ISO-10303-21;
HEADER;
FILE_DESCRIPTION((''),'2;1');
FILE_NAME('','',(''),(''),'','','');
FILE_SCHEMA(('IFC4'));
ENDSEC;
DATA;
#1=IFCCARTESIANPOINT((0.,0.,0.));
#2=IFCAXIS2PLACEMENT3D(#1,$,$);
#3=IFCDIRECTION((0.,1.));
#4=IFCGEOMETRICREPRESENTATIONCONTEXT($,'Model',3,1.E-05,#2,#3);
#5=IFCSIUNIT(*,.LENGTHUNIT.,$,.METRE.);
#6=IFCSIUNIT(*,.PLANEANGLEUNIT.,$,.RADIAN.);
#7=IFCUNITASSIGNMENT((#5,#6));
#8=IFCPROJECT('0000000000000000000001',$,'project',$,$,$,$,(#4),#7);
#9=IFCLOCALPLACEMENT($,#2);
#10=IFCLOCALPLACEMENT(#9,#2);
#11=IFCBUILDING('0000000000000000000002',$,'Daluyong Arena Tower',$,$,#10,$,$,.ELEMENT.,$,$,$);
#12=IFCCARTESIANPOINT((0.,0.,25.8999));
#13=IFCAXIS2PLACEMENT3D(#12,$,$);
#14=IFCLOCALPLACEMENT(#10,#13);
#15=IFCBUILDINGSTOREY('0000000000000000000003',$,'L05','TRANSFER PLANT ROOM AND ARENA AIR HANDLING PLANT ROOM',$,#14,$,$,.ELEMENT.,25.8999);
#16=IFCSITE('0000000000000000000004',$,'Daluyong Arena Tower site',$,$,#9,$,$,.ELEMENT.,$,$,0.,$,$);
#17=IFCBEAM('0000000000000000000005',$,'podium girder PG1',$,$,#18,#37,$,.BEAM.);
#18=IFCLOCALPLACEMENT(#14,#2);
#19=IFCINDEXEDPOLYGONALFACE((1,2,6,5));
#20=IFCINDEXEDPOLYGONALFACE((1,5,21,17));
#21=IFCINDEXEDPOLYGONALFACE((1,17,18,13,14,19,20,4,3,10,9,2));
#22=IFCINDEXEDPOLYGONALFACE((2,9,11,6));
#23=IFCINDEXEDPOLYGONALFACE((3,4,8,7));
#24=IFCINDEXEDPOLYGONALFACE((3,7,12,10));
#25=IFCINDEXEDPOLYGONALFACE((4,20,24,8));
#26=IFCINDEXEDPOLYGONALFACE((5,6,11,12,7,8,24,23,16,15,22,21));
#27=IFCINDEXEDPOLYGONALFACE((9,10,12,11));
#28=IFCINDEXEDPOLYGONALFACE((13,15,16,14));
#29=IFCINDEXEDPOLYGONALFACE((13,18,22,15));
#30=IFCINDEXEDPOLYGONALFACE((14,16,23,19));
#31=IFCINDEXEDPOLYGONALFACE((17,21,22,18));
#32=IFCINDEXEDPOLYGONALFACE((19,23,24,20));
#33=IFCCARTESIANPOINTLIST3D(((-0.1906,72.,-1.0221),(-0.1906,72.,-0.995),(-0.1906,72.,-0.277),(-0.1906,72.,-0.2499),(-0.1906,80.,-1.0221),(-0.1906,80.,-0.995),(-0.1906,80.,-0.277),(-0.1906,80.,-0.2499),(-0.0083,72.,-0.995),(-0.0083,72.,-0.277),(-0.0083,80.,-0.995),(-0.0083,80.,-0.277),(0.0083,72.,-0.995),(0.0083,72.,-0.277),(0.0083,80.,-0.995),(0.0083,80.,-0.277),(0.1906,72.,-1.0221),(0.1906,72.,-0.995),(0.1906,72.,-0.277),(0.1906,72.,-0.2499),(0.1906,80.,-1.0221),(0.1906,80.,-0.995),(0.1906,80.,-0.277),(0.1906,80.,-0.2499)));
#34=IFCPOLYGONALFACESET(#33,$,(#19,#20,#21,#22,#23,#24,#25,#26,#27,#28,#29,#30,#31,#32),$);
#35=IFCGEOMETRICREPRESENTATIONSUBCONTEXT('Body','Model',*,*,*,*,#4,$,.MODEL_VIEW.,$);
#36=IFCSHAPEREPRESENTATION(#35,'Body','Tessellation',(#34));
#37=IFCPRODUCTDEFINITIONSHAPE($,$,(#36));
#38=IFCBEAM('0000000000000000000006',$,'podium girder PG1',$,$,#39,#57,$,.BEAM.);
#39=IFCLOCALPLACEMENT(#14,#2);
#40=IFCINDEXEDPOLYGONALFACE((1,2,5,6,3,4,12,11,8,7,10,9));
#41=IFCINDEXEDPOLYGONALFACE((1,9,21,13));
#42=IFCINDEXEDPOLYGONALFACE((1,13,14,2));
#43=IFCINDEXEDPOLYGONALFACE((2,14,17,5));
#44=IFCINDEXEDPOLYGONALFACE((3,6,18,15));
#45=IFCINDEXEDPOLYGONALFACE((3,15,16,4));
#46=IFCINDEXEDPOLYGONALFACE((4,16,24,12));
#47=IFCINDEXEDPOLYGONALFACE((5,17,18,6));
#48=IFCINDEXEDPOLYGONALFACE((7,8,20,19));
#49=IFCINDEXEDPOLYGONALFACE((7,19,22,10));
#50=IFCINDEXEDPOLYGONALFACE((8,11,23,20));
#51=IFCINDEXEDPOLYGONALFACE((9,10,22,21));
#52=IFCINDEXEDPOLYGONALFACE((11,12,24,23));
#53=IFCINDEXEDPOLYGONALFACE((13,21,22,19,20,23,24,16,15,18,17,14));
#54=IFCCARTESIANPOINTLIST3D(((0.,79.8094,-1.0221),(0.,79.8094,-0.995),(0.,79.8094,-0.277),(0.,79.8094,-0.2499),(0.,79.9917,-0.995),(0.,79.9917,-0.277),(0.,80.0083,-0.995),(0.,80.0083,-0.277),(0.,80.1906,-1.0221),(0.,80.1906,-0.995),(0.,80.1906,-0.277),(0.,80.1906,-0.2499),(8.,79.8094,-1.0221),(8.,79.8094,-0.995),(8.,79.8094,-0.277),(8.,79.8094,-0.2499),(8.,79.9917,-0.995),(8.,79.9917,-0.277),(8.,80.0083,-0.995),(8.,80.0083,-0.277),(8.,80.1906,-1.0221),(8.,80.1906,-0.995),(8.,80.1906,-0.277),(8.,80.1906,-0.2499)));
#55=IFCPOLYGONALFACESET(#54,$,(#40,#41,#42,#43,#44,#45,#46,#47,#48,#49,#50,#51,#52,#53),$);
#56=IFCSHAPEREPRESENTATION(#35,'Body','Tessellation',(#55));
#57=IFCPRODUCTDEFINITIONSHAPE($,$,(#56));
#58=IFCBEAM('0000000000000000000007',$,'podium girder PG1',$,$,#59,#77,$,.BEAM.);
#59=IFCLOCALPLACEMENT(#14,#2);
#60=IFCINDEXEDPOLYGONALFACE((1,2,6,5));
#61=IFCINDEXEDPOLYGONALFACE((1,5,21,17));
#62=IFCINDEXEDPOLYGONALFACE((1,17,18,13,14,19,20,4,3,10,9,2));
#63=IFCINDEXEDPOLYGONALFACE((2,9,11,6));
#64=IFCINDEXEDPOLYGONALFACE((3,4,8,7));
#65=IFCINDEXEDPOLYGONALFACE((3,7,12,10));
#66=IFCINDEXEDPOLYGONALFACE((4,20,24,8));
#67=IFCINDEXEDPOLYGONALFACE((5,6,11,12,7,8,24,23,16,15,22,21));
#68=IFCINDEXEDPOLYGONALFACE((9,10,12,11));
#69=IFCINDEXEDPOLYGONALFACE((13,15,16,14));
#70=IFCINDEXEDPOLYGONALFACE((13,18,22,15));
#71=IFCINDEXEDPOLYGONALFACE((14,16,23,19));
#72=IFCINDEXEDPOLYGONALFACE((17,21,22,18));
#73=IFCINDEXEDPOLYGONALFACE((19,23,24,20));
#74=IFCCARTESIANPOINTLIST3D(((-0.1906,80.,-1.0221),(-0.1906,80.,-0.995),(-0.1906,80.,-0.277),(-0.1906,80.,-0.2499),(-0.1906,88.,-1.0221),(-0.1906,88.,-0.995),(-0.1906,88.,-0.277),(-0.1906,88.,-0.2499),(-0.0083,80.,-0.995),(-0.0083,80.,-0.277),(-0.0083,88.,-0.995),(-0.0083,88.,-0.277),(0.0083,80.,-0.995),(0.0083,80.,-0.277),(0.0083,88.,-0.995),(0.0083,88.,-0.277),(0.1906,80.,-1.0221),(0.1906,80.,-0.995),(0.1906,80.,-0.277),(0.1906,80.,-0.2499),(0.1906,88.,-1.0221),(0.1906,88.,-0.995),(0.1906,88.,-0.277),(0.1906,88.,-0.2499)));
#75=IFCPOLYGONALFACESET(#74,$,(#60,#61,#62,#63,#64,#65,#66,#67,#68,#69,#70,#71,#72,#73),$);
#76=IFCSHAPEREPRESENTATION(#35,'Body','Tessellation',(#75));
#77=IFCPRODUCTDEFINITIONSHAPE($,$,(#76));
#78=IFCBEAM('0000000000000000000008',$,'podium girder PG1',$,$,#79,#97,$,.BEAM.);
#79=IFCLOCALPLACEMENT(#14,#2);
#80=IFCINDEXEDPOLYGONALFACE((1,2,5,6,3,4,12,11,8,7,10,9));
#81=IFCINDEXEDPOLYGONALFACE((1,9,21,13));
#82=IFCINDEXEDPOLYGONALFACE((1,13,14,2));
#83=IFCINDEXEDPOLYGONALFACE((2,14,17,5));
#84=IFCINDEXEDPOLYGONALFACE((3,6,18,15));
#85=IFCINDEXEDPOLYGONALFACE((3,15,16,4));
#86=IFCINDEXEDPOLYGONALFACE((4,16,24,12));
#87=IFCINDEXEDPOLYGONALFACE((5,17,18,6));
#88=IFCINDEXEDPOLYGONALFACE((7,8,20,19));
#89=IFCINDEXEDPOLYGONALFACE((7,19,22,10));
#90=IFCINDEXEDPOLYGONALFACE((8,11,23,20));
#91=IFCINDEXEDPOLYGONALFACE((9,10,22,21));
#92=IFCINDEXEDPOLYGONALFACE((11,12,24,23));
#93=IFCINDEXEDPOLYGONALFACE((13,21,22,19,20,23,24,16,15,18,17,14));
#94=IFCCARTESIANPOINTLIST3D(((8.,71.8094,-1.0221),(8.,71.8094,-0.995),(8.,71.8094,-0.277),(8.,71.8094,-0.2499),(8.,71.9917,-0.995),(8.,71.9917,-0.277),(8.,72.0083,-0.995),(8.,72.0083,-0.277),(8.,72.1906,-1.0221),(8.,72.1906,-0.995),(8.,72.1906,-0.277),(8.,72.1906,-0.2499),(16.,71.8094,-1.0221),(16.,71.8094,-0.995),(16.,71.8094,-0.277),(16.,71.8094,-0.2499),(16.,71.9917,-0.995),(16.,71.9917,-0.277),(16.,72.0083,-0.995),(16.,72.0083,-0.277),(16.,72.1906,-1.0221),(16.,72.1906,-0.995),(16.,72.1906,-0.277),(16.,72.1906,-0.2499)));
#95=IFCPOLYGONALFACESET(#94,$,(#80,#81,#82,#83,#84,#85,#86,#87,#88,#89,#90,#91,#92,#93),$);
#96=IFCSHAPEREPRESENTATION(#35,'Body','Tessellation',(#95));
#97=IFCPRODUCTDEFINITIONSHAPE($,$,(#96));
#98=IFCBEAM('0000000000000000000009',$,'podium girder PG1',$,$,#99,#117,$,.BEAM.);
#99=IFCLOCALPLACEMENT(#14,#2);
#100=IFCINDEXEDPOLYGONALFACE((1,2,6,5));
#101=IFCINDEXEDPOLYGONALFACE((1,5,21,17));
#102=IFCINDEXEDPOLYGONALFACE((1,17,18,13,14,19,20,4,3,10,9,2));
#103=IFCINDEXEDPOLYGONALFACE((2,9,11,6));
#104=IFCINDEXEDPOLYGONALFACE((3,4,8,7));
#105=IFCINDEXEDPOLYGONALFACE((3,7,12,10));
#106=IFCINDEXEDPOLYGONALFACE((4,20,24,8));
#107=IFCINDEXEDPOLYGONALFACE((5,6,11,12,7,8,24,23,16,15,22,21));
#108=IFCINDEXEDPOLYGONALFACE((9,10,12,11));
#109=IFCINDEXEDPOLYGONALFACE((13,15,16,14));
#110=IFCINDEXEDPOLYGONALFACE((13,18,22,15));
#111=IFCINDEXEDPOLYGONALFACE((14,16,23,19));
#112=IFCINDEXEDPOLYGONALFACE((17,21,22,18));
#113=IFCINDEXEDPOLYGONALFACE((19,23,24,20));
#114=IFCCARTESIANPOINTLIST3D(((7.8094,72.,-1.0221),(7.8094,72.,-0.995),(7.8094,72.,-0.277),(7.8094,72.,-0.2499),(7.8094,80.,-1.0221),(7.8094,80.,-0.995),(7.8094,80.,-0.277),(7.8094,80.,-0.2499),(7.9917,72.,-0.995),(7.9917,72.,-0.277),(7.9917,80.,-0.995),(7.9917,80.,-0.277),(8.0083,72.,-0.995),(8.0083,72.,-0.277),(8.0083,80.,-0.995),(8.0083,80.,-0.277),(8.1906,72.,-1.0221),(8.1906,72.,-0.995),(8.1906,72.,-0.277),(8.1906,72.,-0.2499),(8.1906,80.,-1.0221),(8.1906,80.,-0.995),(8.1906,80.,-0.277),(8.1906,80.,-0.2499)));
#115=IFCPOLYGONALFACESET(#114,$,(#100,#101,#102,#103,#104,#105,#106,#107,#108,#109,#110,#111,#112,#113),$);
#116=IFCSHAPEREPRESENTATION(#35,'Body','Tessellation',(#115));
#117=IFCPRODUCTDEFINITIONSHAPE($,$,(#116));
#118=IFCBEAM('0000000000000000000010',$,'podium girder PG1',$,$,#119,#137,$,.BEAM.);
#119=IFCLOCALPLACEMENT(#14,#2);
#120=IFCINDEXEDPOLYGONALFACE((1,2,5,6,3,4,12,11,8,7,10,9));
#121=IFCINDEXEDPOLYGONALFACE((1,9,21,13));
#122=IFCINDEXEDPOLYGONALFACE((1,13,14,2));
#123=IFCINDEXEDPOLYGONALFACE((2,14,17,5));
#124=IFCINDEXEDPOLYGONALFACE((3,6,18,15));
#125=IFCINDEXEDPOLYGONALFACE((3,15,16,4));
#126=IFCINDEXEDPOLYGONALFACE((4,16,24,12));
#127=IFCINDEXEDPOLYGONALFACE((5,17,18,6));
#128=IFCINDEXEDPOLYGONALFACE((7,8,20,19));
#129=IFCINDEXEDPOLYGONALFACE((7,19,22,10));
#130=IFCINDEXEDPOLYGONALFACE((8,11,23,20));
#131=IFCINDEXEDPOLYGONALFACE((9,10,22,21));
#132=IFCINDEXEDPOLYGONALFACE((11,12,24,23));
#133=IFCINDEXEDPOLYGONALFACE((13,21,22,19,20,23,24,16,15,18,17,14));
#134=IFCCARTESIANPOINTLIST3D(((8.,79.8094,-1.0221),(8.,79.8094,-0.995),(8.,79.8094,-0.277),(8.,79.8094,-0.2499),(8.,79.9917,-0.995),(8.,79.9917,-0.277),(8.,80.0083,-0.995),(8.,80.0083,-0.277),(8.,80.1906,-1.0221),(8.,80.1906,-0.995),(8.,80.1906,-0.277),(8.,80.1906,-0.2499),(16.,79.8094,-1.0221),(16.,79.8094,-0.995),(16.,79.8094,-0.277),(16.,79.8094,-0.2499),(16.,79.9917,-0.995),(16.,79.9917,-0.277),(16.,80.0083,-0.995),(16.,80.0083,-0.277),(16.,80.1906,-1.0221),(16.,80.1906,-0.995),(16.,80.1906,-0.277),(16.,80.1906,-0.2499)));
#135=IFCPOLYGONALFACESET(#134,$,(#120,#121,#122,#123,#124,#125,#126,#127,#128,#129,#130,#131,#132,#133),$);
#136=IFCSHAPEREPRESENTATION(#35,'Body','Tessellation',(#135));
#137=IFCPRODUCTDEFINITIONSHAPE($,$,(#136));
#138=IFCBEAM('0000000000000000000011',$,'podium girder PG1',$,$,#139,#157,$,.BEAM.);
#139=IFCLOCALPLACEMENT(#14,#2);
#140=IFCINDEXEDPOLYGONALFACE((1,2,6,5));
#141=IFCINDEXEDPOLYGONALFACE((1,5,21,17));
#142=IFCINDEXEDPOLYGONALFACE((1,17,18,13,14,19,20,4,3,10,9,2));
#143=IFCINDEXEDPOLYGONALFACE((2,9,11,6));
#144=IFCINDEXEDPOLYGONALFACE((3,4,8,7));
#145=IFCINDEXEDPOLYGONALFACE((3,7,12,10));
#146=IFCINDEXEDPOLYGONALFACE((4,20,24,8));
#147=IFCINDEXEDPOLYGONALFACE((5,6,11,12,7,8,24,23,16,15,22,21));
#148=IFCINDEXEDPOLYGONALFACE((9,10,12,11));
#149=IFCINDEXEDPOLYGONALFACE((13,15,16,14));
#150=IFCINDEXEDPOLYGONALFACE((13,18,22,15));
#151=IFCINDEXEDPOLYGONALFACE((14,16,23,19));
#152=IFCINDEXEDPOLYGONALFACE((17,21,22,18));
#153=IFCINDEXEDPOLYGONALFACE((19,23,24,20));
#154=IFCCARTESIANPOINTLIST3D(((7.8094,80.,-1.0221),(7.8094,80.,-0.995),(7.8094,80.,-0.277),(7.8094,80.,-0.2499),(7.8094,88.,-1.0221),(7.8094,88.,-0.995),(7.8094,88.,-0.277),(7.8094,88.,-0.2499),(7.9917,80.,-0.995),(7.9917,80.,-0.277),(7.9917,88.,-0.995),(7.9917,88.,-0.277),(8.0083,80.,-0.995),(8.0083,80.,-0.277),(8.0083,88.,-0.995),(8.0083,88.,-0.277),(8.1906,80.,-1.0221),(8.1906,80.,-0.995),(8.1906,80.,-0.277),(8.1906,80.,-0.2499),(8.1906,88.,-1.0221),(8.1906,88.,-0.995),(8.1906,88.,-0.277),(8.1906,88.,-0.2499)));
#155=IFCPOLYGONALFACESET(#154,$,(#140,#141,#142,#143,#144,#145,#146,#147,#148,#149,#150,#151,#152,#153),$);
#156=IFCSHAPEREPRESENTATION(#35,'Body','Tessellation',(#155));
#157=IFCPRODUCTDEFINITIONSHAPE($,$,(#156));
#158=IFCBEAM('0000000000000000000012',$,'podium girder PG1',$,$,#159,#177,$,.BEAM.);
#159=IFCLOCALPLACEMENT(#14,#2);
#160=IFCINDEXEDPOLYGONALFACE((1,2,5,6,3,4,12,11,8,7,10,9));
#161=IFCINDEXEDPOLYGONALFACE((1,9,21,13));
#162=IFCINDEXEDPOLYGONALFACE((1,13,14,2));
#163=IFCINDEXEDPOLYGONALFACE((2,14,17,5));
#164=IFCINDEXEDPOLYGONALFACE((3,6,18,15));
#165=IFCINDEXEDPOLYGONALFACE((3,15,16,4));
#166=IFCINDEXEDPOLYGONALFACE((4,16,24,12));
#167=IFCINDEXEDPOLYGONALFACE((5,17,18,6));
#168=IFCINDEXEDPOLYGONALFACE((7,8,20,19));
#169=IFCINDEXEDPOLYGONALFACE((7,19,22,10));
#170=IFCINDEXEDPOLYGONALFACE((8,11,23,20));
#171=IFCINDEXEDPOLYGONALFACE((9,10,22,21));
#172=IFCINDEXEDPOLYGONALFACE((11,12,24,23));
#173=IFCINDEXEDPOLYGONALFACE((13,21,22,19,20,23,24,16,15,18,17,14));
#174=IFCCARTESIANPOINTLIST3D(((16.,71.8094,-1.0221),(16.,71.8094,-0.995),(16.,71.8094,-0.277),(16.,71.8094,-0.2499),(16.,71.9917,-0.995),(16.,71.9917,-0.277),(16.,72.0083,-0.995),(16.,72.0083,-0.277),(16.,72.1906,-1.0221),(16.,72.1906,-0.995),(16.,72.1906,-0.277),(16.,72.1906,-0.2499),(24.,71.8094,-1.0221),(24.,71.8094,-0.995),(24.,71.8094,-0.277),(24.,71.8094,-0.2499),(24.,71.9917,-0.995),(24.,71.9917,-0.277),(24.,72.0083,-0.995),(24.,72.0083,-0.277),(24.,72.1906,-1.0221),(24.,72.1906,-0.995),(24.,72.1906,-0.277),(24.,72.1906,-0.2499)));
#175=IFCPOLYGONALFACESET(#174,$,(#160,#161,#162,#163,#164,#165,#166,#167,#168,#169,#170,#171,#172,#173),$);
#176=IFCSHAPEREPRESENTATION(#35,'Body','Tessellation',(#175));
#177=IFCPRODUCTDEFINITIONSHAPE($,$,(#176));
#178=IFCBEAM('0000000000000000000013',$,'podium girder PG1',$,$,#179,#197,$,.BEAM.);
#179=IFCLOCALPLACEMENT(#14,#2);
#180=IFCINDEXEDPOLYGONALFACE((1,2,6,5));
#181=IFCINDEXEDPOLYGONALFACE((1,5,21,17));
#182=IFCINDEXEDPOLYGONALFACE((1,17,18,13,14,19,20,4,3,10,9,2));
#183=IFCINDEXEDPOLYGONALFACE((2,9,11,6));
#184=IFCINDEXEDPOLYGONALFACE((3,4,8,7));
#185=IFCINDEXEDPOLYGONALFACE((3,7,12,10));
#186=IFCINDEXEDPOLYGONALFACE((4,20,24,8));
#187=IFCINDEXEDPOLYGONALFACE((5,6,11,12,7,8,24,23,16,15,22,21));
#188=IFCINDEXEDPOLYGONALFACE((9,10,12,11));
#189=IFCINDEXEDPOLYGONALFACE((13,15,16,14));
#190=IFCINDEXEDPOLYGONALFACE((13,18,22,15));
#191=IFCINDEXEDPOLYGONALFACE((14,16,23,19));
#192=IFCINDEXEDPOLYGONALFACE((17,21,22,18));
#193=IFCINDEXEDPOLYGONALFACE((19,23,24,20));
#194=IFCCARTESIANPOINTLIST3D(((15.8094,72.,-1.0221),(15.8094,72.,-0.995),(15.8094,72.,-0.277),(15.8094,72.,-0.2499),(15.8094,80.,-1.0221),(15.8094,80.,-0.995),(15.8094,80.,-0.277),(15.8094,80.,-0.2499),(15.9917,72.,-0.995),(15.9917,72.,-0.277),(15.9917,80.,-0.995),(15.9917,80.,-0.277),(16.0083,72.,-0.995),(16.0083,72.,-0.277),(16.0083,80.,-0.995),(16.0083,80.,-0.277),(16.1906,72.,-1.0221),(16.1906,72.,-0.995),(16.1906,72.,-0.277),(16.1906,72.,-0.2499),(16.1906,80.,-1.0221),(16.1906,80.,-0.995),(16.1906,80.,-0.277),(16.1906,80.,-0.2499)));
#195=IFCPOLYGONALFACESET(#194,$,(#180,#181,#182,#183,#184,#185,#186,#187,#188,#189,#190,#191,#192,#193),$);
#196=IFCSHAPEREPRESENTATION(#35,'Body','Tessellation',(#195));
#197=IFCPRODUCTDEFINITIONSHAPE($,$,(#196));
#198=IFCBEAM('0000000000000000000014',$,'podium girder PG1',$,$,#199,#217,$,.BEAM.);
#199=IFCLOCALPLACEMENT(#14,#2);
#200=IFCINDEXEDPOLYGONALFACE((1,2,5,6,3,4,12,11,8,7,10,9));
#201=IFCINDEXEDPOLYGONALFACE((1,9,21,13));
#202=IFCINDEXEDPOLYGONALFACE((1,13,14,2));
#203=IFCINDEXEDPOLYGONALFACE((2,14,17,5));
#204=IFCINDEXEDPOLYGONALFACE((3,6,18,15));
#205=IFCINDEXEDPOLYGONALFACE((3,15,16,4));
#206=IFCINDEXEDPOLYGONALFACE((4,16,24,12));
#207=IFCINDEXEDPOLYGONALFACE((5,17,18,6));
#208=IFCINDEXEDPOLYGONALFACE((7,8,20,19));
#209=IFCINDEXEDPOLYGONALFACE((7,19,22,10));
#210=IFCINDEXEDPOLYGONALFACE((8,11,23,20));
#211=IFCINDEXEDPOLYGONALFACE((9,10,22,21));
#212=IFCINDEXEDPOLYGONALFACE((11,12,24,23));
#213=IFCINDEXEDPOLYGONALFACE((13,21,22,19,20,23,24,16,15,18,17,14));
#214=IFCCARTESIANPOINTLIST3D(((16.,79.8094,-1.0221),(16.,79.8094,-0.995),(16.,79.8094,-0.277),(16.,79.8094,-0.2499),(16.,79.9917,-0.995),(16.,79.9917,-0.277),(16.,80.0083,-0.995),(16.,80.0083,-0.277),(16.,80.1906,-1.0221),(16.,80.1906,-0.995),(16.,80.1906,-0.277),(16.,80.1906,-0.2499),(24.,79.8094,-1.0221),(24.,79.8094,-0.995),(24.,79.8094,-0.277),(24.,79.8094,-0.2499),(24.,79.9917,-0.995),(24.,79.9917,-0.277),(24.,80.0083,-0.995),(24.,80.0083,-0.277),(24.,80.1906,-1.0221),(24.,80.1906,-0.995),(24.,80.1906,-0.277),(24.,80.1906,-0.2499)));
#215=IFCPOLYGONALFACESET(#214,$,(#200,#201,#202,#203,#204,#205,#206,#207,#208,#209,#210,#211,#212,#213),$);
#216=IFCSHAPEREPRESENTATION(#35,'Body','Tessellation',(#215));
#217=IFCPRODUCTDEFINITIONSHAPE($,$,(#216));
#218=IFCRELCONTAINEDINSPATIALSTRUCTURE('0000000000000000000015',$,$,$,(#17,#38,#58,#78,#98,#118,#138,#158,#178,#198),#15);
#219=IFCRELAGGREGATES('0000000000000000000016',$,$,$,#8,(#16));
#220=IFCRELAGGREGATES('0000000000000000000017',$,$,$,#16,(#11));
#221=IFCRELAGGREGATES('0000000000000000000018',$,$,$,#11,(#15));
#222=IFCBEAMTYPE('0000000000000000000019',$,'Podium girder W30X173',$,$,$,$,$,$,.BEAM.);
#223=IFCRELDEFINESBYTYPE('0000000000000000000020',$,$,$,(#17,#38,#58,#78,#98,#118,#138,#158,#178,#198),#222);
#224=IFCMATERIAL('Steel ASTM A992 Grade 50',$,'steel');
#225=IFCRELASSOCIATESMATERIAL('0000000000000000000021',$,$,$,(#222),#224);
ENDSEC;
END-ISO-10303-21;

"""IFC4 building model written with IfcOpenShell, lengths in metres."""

from ifc_helpers import new_model, si_unit, direction, frame, origin, origin_2d, place, context, subcontext, project, spatial, i_section, extrude, material, material_profile, profile_set, type_object, element, save


model = new_model("IFC4")

# Units and contexts
model_context = context("Model", 3, precision=1e-05, world=origin(), true_north=direction((0.0, 1.0)))
body_context = subcontext(model_context, "Body", "Model", "MODEL_VIEW")
ifc_project = project(units=[si_unit("LENGTHUNIT", "METRE"), si_unit("PLANEANGLEUNIT", "RADIAN")], contexts=[model_context])

# Site, building, storey
site_placement = place(None, origin())
site = spatial("IfcSite", under=ifc_project, at=site_placement, Name="Daluyong Arena Tower site", CompositionType="ELEMENT", RefElevation=0.0)
building_placement = place(site_placement, origin())
building = spatial("IfcBuilding", under=site, at=building_placement, Name="Daluyong Arena Tower", CompositionType="ELEMENT")
storey_placement = place(building_placement, frame((0.0, 0.0, 25.8999)))
storey = spatial("IfcBuildingStorey", under=building, at=storey_placement, Name="L05", Description="TRANSFER PLANT ROOM AND ARENA AIR HANDLING PLANT ROOM", CompositionType="ELEMENT", Elevation=25.8999)

# Beams
ifc_material_1 = material(Name="Steel ASTM A992 Grade 50", Category="steel")
ifc_material_profile_1 = material_profile(ifc_material_1, i_section(OverallWidth=0.3811, OverallDepth=0.7722, WebThickness=0.0166, FlangeThickness=0.0271, at=origin_2d()))
ifc_profile_set_1 = profile_set([ifc_material_profile_1], Name="Steel ASTM A992 Grade 50")
beam_type_1 = type_object("IfcBeamType", Name="Podium girder W30X173", PredefinedType="BEAM", material=ifc_profile_set_1)
for number, where, z_axis, x_axis, name in (
    (1, (0.0, 72.0, -0.636), (0.0, 1.0, 0.0), (-1.0, 0.0, 0.0), "podium girder PG1"),
    (2, (0.0, 80.0, -0.636), (1.0, 0.0, 0.0), (0.0, 1.0, 0.0), "podium girder PG1"),
    (3, (0.0, 80.0, -0.636), (0.0, 1.0, 0.0), (-1.0, 0.0, 0.0), "podium girder PG1"),
    (4, (8.0, 72.0, -0.636), (1.0, 0.0, 0.0), (0.0, 1.0, 0.0), "podium girder PG1"),
    (5, (8.0, 72.0, -0.636), (0.0, 1.0, 0.0), (-1.0, 0.0, 0.0), "podium girder PG1"),
    (6, (8.0, 80.0, -0.636), (1.0, 0.0, 0.0), (0.0, 1.0, 0.0), "podium girder PG1"),
    (7, (8.0, 80.0, -0.636), (0.0, 1.0, 0.0), (-1.0, 0.0, 0.0), "podium girder PG1"),
    (8, (16.0, 72.0, -0.636), (1.0, 0.0, 0.0), (0.0, 1.0, 0.0), "podium girder PG1"),
    (9, (16.0, 72.0, -0.636), (0.0, 1.0, 0.0), (-1.0, 0.0, 0.0), "podium girder PG1"),
    (10, (16.0, 80.0, -0.636), (1.0, 0.0, 0.0), (0.0, 1.0, 0.0), "podium girder PG1"),
):
    element("IfcBeam", number, at=place(storey_placement, frame(where, z_axis=z_axis, x_axis=x_axis)), inside=storey, type_object=beam_type_1, Name=name, PredefinedType="BEAM", context=body_context, shape_type="SweptSolid", body=[
        extrude(i_section(OverallWidth=0.3811, OverallDepth=0.7722, WebThickness=0.0166, FlangeThickness=0.0271, at=origin_2d()), origin(), (0.0, 0.0, 1.0), 8.0),
    ])

save(model, "model.ifc")
